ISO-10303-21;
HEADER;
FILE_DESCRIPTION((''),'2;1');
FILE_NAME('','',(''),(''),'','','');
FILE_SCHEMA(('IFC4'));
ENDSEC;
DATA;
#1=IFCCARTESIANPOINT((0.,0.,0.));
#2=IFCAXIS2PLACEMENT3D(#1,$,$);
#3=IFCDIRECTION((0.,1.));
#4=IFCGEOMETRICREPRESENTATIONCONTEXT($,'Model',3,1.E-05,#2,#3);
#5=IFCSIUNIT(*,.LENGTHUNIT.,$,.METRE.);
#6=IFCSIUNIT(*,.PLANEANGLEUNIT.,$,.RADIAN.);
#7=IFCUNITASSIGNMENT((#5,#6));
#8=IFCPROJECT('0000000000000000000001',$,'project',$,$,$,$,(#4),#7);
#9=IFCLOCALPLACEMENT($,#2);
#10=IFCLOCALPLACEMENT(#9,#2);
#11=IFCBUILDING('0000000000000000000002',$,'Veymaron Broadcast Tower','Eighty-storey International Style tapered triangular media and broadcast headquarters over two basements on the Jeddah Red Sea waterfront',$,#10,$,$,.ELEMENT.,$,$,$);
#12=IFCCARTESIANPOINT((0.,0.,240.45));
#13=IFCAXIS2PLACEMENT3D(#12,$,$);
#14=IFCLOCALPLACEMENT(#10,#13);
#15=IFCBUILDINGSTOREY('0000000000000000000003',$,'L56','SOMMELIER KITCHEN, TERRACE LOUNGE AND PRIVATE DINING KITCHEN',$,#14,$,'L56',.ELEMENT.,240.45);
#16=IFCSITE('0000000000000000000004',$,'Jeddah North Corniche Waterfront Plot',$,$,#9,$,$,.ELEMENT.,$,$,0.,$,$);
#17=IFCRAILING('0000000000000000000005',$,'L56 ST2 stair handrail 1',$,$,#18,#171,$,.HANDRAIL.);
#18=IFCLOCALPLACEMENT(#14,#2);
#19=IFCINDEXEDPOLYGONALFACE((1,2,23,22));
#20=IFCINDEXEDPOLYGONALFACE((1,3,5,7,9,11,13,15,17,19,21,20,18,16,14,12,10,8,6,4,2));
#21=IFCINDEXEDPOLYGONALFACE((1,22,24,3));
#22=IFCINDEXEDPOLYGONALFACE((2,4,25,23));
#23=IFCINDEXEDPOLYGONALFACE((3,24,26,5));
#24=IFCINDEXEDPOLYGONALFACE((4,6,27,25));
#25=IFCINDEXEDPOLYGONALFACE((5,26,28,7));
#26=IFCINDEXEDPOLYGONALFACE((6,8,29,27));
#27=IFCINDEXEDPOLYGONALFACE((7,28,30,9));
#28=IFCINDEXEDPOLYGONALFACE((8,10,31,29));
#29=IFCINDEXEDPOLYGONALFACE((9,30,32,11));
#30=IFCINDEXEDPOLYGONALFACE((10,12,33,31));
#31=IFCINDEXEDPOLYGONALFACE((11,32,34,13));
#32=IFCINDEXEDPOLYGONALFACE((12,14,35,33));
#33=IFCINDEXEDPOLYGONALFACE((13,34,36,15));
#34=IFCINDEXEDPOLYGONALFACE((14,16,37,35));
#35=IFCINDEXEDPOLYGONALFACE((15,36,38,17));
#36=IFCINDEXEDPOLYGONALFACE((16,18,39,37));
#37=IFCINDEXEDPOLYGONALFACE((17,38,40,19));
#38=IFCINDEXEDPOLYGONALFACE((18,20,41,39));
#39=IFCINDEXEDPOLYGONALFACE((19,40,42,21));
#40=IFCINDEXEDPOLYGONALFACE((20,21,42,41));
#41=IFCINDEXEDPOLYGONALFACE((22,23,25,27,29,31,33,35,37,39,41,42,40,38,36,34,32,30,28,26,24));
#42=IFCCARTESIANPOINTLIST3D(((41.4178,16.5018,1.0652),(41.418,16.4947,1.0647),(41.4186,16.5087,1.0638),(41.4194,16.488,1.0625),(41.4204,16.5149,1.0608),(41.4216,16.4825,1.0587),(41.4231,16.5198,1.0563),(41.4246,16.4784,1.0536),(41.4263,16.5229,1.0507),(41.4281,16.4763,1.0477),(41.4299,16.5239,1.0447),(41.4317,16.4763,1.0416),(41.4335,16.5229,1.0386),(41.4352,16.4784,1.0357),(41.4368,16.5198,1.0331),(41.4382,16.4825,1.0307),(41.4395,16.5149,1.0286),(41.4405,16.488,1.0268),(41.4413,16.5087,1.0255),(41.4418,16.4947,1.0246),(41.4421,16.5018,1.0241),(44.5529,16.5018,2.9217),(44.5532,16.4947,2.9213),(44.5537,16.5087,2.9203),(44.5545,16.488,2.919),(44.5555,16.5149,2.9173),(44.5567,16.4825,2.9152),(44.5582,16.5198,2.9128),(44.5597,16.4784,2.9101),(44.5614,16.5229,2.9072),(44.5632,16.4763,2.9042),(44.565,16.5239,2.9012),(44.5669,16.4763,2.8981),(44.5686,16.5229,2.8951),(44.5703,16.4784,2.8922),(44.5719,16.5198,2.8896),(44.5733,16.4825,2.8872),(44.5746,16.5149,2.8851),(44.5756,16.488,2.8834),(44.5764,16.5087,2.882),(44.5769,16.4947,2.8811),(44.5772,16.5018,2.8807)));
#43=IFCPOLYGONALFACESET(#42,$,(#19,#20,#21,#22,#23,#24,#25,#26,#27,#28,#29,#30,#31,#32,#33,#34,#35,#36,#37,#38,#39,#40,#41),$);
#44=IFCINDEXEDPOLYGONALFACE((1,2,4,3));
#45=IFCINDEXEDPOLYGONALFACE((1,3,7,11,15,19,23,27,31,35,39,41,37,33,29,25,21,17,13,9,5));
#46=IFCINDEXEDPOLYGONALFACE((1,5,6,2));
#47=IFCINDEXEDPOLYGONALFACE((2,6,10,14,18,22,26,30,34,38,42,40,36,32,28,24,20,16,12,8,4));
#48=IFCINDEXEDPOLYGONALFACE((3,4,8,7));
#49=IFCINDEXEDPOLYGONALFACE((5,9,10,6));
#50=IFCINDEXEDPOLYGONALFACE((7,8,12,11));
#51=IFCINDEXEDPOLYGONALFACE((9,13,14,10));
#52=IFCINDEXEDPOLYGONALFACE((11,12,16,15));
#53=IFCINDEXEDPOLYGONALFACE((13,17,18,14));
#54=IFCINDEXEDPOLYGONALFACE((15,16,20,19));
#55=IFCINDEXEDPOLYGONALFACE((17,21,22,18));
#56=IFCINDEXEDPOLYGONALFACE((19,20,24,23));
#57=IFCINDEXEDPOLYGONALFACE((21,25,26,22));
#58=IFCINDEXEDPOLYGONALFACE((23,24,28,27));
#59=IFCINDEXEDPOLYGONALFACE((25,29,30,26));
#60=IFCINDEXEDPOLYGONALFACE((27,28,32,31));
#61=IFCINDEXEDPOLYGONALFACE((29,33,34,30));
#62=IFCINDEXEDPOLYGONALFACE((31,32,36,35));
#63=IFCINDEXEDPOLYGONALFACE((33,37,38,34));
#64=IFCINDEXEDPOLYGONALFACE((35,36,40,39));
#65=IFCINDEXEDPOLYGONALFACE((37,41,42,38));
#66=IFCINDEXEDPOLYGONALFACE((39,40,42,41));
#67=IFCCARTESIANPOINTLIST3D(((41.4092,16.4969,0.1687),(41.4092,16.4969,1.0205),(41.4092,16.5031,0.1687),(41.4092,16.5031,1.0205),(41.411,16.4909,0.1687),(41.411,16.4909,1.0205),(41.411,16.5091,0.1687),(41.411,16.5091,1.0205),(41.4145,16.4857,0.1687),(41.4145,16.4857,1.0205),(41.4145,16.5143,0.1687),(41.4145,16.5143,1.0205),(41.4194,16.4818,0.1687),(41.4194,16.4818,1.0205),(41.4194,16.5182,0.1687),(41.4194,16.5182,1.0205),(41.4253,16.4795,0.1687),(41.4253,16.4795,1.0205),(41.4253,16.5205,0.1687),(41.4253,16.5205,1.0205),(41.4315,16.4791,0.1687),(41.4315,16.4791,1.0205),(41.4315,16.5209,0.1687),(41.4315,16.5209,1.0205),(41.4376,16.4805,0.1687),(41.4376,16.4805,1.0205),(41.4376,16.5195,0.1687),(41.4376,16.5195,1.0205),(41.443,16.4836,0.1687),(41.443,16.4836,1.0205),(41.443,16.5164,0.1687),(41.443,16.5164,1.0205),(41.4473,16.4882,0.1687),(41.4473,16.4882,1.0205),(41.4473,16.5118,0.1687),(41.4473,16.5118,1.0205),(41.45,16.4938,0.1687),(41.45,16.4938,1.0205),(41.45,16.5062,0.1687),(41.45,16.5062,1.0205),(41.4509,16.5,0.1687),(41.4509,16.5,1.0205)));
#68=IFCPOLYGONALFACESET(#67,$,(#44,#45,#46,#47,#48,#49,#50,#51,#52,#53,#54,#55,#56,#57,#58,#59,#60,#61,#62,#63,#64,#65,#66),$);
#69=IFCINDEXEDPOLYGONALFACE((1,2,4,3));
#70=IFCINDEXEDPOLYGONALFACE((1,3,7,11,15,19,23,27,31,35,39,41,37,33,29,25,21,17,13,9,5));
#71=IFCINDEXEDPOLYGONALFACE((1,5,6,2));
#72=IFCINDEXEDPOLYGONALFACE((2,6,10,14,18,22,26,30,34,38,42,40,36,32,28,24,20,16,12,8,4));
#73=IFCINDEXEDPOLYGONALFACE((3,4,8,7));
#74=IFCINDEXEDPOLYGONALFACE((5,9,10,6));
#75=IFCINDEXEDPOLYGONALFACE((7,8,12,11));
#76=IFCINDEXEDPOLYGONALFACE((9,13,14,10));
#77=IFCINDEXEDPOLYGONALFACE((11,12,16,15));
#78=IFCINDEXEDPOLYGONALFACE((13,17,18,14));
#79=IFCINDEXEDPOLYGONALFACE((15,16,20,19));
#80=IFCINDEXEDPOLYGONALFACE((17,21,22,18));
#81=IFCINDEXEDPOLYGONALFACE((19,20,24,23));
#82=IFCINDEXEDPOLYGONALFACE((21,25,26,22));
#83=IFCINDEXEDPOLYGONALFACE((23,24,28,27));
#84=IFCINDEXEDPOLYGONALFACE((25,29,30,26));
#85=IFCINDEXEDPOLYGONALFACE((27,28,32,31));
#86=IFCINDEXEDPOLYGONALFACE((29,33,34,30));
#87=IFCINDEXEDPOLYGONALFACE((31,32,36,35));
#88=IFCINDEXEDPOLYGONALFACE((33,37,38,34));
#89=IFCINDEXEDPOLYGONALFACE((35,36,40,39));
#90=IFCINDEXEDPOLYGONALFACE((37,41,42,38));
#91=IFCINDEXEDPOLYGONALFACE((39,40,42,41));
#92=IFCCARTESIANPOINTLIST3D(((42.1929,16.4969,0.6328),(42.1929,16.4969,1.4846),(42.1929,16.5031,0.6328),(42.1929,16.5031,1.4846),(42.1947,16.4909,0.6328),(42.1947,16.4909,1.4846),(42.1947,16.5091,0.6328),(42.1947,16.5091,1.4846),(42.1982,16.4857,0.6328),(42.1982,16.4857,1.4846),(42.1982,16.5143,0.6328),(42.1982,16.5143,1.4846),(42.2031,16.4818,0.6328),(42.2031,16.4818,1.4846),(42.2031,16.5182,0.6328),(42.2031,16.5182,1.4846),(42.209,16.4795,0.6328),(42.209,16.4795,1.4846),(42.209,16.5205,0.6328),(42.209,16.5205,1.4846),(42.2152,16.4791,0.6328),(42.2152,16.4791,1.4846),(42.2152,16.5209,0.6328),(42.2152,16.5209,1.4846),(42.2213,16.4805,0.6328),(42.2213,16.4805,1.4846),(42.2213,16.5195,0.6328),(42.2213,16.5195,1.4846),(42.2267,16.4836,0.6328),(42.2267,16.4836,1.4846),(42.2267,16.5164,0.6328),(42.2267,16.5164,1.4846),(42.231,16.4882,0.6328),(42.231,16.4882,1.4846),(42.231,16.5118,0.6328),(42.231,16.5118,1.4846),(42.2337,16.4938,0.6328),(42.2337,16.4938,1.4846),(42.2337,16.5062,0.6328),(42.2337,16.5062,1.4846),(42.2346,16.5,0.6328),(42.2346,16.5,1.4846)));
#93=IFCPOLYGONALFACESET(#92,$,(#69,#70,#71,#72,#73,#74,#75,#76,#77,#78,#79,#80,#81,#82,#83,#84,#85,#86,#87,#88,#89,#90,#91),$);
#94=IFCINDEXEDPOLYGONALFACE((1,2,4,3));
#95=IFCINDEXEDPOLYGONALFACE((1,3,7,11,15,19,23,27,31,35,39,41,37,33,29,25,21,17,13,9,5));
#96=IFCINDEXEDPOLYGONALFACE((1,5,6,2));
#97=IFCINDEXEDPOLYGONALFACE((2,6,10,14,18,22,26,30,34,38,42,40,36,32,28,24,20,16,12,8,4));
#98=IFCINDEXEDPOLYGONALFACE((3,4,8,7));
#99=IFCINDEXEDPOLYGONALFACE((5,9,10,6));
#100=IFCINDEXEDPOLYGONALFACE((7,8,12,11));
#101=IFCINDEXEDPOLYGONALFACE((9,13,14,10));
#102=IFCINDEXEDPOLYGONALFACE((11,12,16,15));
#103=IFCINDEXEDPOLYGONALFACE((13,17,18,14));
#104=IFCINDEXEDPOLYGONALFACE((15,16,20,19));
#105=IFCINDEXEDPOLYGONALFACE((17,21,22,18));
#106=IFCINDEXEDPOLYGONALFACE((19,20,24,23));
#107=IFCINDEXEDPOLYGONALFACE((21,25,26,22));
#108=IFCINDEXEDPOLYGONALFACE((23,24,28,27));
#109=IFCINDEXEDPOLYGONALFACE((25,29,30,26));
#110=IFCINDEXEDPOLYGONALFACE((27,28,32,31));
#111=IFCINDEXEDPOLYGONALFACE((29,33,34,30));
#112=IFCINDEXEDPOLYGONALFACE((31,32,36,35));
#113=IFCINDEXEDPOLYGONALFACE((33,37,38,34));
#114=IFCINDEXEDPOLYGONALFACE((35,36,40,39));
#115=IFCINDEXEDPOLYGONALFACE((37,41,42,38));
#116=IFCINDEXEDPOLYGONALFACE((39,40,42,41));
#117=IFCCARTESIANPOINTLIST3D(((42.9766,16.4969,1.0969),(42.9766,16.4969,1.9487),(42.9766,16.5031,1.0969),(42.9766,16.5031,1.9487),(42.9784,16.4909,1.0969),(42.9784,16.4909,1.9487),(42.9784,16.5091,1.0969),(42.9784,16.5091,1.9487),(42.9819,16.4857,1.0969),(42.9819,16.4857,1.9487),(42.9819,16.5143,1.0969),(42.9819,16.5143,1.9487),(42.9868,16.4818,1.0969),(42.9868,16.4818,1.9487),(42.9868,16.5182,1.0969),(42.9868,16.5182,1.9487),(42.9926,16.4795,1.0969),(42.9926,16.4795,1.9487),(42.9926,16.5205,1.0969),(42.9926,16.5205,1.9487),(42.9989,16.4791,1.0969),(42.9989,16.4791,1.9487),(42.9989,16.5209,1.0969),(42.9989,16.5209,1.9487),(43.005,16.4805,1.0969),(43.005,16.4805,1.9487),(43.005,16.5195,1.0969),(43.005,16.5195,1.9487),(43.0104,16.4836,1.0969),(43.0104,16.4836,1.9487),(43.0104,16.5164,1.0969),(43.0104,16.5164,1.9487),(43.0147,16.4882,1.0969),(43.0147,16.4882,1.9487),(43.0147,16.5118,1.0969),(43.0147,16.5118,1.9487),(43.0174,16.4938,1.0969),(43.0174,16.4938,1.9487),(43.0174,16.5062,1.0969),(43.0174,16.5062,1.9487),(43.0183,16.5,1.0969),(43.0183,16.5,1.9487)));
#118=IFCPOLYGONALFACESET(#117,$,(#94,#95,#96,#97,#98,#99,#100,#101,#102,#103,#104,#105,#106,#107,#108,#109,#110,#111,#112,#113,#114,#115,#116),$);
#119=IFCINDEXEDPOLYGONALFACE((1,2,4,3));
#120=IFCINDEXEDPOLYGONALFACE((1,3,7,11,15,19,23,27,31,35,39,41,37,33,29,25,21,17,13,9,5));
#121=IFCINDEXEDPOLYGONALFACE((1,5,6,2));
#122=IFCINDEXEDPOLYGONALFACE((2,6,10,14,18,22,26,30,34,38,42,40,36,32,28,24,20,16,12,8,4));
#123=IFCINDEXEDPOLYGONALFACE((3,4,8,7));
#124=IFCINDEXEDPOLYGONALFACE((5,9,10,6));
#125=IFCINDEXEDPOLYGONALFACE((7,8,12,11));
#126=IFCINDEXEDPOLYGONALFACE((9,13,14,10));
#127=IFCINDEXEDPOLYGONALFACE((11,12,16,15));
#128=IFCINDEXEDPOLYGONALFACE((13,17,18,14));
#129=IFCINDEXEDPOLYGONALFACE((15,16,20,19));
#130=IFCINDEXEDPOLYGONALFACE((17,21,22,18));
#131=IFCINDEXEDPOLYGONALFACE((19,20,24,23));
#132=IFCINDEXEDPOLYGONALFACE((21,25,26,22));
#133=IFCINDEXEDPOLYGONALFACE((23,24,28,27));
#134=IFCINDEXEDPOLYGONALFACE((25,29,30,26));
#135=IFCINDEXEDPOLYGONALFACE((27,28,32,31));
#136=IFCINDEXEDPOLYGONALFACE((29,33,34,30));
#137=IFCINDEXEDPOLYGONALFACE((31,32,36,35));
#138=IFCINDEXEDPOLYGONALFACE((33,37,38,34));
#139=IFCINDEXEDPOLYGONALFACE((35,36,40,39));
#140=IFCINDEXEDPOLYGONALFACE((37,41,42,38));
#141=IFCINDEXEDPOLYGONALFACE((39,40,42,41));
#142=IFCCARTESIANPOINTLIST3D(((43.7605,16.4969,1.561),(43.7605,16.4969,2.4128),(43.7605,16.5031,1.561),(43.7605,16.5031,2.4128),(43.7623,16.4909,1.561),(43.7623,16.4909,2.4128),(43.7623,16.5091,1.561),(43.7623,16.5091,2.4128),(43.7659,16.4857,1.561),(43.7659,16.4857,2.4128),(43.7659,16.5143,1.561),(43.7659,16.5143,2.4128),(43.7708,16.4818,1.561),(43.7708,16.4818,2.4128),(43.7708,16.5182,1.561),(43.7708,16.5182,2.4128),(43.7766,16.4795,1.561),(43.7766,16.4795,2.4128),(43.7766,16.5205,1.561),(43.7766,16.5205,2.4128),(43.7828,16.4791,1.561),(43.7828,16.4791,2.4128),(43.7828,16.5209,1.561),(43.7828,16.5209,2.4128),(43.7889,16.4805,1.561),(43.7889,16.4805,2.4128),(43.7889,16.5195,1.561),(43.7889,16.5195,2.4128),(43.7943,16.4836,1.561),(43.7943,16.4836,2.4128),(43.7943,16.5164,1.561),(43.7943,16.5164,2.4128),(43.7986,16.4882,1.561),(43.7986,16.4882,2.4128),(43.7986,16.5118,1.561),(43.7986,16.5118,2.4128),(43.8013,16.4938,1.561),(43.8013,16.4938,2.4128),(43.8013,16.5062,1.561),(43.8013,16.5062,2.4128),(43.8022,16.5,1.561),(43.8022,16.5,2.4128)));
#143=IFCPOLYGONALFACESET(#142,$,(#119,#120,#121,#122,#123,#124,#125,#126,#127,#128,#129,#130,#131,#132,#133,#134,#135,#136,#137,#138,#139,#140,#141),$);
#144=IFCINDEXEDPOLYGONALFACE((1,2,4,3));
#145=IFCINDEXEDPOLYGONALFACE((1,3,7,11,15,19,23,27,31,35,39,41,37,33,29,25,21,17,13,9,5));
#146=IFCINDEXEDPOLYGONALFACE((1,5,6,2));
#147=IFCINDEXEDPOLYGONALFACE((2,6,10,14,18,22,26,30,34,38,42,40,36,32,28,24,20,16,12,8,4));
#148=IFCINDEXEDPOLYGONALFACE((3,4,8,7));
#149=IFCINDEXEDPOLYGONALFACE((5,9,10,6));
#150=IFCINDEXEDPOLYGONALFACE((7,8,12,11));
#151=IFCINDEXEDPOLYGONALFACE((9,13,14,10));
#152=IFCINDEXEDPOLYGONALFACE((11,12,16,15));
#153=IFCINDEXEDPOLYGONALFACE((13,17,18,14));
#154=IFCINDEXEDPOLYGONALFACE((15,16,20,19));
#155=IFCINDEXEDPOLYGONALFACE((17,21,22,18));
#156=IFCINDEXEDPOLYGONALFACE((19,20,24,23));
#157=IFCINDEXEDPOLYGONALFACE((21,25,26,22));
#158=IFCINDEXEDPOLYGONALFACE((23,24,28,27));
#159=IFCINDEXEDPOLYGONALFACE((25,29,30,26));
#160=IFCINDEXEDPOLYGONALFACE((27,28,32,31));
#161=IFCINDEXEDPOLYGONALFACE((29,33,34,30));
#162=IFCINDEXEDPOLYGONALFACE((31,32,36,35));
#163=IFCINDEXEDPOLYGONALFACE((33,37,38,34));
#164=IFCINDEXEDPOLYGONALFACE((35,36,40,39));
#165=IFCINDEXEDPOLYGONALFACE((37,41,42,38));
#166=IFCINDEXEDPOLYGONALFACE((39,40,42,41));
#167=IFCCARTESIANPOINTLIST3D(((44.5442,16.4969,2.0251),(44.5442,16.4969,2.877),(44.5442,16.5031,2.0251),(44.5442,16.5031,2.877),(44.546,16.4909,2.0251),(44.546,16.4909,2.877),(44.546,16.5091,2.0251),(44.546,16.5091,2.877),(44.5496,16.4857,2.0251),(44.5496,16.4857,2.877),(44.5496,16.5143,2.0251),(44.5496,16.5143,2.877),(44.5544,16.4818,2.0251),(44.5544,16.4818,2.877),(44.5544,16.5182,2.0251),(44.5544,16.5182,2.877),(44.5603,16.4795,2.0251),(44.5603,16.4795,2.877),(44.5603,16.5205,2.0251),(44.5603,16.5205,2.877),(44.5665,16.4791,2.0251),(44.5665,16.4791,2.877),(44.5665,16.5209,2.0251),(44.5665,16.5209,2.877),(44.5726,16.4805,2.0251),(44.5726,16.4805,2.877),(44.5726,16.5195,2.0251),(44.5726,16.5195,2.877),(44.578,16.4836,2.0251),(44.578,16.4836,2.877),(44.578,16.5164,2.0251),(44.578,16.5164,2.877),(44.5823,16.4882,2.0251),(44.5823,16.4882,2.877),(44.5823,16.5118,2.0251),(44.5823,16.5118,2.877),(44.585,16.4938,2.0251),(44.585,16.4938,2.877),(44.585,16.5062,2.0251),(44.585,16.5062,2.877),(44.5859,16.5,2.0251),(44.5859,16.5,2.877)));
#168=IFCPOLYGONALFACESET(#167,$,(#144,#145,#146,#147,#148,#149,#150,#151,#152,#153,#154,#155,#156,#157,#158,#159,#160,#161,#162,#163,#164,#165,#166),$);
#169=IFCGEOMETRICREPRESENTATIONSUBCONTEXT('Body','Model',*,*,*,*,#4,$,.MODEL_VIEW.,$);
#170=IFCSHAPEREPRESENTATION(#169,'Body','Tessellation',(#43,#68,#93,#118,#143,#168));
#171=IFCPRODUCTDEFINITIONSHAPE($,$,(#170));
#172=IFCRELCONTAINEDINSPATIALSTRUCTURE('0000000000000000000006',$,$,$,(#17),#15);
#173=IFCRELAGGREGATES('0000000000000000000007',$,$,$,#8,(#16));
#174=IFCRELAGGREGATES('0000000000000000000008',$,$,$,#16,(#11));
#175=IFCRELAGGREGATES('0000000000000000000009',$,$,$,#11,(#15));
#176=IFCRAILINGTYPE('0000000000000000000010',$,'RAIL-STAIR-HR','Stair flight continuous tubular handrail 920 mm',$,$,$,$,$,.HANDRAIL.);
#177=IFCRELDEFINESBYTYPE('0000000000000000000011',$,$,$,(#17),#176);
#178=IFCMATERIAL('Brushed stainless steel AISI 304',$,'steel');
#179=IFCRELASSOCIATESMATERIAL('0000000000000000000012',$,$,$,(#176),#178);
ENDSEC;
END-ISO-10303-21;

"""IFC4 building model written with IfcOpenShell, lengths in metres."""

from ifc_helpers import new_model, si_unit, direction, frame, origin, origin_2d, place, context, subcontext, project, spatial, circle, extrude, material, type_object, element, save


model = new_model("IFC4")

# Units and contexts
model_context = context("Model", 3, precision=1e-05, world=origin(), true_north=direction((0.0, 1.0)))
body_context = subcontext(model_context, "Body", "Model", "MODEL_VIEW")
ifc_project = project(units=[si_unit("LENGTHUNIT", "METRE"), si_unit("PLANEANGLEUNIT", "RADIAN")], contexts=[model_context])

# Site, building, storey
site_placement = place(None, origin())
site = spatial("IfcSite", under=ifc_project, at=site_placement, Name="Jeddah North Corniche Waterfront Plot", CompositionType="ELEMENT", RefElevation=0.0)
building_placement = place(site_placement, origin())
building = spatial("IfcBuilding", under=site, at=building_placement, Name="Veymaron Broadcast Tower", Description="Eighty-storey International Style tapered triangular media and broadcast headquarters over two basements on the Jeddah Red Sea waterfront", CompositionType="ELEMENT")
storey_placement = place(building_placement, frame((0.0, 0.0, 240.45)))
storey = spatial("IfcBuildingStorey", under=building, at=storey_placement, Name="L56", Description="SOMMELIER KITCHEN, TERRACE LOUNGE AND PRIVATE DINING KITCHEN", LongName="L56", CompositionType="ELEMENT", Elevation=240.45)

# Shared definitions
ifc_material_1 = material(Name="Brushed stainless steel AISI 304", Category="steel")

# Railing
railing_type_1 = type_object("IfcRailingType", Name="RAIL-STAIR-HR", Description="Stair flight continuous tubular handrail 920 mm", PredefinedType="HANDRAIL", material=ifc_material_1)
railing_1_placement = place(storey_placement, frame((41.4299, 16.5, 0.1687)))
element("IfcRailing", 1, at=railing_1_placement, inside=storey, type_object=railing_type_1, Name="L56 ST2 stair handrail 1", PredefinedType="HANDRAIL", context=body_context, shape_type="SweptSolid", body=[
    extrude(circle(Radius=0.0239, at=origin_2d()), frame((0.0, 0.0, 0.876), z_axis=(0.860453, 0.0, 0.509531), x_axis=(0.0, 1.0, 0.0)), (0.0, 0.0, 1.0), 3.6436),
    extrude(circle(Radius=0.021, at=origin_2d()), origin(), (0.0, 0.0, 1.0), 0.8518),
    extrude(circle(Radius=0.021, at=origin_2d()), frame((0.7837, 0.0, 0.4641)), (0.0, 0.0, 1.0), 0.8518),
    extrude(circle(Radius=0.021, at=origin_2d()), frame((1.5674, 0.0, 0.9282)), (0.0, 0.0, 1.0), 0.8518),
    extrude(circle(Radius=0.021, at=origin_2d()), frame((2.3513, 0.0, 1.3923)), (0.0, 0.0, 1.0), 0.8518),
    extrude(circle(Radius=0.021, at=origin_2d()), frame((3.135, 0.0, 1.8564)), (0.0, 0.0, 1.0), 0.8518),
])

save(model, "model.ifc")
